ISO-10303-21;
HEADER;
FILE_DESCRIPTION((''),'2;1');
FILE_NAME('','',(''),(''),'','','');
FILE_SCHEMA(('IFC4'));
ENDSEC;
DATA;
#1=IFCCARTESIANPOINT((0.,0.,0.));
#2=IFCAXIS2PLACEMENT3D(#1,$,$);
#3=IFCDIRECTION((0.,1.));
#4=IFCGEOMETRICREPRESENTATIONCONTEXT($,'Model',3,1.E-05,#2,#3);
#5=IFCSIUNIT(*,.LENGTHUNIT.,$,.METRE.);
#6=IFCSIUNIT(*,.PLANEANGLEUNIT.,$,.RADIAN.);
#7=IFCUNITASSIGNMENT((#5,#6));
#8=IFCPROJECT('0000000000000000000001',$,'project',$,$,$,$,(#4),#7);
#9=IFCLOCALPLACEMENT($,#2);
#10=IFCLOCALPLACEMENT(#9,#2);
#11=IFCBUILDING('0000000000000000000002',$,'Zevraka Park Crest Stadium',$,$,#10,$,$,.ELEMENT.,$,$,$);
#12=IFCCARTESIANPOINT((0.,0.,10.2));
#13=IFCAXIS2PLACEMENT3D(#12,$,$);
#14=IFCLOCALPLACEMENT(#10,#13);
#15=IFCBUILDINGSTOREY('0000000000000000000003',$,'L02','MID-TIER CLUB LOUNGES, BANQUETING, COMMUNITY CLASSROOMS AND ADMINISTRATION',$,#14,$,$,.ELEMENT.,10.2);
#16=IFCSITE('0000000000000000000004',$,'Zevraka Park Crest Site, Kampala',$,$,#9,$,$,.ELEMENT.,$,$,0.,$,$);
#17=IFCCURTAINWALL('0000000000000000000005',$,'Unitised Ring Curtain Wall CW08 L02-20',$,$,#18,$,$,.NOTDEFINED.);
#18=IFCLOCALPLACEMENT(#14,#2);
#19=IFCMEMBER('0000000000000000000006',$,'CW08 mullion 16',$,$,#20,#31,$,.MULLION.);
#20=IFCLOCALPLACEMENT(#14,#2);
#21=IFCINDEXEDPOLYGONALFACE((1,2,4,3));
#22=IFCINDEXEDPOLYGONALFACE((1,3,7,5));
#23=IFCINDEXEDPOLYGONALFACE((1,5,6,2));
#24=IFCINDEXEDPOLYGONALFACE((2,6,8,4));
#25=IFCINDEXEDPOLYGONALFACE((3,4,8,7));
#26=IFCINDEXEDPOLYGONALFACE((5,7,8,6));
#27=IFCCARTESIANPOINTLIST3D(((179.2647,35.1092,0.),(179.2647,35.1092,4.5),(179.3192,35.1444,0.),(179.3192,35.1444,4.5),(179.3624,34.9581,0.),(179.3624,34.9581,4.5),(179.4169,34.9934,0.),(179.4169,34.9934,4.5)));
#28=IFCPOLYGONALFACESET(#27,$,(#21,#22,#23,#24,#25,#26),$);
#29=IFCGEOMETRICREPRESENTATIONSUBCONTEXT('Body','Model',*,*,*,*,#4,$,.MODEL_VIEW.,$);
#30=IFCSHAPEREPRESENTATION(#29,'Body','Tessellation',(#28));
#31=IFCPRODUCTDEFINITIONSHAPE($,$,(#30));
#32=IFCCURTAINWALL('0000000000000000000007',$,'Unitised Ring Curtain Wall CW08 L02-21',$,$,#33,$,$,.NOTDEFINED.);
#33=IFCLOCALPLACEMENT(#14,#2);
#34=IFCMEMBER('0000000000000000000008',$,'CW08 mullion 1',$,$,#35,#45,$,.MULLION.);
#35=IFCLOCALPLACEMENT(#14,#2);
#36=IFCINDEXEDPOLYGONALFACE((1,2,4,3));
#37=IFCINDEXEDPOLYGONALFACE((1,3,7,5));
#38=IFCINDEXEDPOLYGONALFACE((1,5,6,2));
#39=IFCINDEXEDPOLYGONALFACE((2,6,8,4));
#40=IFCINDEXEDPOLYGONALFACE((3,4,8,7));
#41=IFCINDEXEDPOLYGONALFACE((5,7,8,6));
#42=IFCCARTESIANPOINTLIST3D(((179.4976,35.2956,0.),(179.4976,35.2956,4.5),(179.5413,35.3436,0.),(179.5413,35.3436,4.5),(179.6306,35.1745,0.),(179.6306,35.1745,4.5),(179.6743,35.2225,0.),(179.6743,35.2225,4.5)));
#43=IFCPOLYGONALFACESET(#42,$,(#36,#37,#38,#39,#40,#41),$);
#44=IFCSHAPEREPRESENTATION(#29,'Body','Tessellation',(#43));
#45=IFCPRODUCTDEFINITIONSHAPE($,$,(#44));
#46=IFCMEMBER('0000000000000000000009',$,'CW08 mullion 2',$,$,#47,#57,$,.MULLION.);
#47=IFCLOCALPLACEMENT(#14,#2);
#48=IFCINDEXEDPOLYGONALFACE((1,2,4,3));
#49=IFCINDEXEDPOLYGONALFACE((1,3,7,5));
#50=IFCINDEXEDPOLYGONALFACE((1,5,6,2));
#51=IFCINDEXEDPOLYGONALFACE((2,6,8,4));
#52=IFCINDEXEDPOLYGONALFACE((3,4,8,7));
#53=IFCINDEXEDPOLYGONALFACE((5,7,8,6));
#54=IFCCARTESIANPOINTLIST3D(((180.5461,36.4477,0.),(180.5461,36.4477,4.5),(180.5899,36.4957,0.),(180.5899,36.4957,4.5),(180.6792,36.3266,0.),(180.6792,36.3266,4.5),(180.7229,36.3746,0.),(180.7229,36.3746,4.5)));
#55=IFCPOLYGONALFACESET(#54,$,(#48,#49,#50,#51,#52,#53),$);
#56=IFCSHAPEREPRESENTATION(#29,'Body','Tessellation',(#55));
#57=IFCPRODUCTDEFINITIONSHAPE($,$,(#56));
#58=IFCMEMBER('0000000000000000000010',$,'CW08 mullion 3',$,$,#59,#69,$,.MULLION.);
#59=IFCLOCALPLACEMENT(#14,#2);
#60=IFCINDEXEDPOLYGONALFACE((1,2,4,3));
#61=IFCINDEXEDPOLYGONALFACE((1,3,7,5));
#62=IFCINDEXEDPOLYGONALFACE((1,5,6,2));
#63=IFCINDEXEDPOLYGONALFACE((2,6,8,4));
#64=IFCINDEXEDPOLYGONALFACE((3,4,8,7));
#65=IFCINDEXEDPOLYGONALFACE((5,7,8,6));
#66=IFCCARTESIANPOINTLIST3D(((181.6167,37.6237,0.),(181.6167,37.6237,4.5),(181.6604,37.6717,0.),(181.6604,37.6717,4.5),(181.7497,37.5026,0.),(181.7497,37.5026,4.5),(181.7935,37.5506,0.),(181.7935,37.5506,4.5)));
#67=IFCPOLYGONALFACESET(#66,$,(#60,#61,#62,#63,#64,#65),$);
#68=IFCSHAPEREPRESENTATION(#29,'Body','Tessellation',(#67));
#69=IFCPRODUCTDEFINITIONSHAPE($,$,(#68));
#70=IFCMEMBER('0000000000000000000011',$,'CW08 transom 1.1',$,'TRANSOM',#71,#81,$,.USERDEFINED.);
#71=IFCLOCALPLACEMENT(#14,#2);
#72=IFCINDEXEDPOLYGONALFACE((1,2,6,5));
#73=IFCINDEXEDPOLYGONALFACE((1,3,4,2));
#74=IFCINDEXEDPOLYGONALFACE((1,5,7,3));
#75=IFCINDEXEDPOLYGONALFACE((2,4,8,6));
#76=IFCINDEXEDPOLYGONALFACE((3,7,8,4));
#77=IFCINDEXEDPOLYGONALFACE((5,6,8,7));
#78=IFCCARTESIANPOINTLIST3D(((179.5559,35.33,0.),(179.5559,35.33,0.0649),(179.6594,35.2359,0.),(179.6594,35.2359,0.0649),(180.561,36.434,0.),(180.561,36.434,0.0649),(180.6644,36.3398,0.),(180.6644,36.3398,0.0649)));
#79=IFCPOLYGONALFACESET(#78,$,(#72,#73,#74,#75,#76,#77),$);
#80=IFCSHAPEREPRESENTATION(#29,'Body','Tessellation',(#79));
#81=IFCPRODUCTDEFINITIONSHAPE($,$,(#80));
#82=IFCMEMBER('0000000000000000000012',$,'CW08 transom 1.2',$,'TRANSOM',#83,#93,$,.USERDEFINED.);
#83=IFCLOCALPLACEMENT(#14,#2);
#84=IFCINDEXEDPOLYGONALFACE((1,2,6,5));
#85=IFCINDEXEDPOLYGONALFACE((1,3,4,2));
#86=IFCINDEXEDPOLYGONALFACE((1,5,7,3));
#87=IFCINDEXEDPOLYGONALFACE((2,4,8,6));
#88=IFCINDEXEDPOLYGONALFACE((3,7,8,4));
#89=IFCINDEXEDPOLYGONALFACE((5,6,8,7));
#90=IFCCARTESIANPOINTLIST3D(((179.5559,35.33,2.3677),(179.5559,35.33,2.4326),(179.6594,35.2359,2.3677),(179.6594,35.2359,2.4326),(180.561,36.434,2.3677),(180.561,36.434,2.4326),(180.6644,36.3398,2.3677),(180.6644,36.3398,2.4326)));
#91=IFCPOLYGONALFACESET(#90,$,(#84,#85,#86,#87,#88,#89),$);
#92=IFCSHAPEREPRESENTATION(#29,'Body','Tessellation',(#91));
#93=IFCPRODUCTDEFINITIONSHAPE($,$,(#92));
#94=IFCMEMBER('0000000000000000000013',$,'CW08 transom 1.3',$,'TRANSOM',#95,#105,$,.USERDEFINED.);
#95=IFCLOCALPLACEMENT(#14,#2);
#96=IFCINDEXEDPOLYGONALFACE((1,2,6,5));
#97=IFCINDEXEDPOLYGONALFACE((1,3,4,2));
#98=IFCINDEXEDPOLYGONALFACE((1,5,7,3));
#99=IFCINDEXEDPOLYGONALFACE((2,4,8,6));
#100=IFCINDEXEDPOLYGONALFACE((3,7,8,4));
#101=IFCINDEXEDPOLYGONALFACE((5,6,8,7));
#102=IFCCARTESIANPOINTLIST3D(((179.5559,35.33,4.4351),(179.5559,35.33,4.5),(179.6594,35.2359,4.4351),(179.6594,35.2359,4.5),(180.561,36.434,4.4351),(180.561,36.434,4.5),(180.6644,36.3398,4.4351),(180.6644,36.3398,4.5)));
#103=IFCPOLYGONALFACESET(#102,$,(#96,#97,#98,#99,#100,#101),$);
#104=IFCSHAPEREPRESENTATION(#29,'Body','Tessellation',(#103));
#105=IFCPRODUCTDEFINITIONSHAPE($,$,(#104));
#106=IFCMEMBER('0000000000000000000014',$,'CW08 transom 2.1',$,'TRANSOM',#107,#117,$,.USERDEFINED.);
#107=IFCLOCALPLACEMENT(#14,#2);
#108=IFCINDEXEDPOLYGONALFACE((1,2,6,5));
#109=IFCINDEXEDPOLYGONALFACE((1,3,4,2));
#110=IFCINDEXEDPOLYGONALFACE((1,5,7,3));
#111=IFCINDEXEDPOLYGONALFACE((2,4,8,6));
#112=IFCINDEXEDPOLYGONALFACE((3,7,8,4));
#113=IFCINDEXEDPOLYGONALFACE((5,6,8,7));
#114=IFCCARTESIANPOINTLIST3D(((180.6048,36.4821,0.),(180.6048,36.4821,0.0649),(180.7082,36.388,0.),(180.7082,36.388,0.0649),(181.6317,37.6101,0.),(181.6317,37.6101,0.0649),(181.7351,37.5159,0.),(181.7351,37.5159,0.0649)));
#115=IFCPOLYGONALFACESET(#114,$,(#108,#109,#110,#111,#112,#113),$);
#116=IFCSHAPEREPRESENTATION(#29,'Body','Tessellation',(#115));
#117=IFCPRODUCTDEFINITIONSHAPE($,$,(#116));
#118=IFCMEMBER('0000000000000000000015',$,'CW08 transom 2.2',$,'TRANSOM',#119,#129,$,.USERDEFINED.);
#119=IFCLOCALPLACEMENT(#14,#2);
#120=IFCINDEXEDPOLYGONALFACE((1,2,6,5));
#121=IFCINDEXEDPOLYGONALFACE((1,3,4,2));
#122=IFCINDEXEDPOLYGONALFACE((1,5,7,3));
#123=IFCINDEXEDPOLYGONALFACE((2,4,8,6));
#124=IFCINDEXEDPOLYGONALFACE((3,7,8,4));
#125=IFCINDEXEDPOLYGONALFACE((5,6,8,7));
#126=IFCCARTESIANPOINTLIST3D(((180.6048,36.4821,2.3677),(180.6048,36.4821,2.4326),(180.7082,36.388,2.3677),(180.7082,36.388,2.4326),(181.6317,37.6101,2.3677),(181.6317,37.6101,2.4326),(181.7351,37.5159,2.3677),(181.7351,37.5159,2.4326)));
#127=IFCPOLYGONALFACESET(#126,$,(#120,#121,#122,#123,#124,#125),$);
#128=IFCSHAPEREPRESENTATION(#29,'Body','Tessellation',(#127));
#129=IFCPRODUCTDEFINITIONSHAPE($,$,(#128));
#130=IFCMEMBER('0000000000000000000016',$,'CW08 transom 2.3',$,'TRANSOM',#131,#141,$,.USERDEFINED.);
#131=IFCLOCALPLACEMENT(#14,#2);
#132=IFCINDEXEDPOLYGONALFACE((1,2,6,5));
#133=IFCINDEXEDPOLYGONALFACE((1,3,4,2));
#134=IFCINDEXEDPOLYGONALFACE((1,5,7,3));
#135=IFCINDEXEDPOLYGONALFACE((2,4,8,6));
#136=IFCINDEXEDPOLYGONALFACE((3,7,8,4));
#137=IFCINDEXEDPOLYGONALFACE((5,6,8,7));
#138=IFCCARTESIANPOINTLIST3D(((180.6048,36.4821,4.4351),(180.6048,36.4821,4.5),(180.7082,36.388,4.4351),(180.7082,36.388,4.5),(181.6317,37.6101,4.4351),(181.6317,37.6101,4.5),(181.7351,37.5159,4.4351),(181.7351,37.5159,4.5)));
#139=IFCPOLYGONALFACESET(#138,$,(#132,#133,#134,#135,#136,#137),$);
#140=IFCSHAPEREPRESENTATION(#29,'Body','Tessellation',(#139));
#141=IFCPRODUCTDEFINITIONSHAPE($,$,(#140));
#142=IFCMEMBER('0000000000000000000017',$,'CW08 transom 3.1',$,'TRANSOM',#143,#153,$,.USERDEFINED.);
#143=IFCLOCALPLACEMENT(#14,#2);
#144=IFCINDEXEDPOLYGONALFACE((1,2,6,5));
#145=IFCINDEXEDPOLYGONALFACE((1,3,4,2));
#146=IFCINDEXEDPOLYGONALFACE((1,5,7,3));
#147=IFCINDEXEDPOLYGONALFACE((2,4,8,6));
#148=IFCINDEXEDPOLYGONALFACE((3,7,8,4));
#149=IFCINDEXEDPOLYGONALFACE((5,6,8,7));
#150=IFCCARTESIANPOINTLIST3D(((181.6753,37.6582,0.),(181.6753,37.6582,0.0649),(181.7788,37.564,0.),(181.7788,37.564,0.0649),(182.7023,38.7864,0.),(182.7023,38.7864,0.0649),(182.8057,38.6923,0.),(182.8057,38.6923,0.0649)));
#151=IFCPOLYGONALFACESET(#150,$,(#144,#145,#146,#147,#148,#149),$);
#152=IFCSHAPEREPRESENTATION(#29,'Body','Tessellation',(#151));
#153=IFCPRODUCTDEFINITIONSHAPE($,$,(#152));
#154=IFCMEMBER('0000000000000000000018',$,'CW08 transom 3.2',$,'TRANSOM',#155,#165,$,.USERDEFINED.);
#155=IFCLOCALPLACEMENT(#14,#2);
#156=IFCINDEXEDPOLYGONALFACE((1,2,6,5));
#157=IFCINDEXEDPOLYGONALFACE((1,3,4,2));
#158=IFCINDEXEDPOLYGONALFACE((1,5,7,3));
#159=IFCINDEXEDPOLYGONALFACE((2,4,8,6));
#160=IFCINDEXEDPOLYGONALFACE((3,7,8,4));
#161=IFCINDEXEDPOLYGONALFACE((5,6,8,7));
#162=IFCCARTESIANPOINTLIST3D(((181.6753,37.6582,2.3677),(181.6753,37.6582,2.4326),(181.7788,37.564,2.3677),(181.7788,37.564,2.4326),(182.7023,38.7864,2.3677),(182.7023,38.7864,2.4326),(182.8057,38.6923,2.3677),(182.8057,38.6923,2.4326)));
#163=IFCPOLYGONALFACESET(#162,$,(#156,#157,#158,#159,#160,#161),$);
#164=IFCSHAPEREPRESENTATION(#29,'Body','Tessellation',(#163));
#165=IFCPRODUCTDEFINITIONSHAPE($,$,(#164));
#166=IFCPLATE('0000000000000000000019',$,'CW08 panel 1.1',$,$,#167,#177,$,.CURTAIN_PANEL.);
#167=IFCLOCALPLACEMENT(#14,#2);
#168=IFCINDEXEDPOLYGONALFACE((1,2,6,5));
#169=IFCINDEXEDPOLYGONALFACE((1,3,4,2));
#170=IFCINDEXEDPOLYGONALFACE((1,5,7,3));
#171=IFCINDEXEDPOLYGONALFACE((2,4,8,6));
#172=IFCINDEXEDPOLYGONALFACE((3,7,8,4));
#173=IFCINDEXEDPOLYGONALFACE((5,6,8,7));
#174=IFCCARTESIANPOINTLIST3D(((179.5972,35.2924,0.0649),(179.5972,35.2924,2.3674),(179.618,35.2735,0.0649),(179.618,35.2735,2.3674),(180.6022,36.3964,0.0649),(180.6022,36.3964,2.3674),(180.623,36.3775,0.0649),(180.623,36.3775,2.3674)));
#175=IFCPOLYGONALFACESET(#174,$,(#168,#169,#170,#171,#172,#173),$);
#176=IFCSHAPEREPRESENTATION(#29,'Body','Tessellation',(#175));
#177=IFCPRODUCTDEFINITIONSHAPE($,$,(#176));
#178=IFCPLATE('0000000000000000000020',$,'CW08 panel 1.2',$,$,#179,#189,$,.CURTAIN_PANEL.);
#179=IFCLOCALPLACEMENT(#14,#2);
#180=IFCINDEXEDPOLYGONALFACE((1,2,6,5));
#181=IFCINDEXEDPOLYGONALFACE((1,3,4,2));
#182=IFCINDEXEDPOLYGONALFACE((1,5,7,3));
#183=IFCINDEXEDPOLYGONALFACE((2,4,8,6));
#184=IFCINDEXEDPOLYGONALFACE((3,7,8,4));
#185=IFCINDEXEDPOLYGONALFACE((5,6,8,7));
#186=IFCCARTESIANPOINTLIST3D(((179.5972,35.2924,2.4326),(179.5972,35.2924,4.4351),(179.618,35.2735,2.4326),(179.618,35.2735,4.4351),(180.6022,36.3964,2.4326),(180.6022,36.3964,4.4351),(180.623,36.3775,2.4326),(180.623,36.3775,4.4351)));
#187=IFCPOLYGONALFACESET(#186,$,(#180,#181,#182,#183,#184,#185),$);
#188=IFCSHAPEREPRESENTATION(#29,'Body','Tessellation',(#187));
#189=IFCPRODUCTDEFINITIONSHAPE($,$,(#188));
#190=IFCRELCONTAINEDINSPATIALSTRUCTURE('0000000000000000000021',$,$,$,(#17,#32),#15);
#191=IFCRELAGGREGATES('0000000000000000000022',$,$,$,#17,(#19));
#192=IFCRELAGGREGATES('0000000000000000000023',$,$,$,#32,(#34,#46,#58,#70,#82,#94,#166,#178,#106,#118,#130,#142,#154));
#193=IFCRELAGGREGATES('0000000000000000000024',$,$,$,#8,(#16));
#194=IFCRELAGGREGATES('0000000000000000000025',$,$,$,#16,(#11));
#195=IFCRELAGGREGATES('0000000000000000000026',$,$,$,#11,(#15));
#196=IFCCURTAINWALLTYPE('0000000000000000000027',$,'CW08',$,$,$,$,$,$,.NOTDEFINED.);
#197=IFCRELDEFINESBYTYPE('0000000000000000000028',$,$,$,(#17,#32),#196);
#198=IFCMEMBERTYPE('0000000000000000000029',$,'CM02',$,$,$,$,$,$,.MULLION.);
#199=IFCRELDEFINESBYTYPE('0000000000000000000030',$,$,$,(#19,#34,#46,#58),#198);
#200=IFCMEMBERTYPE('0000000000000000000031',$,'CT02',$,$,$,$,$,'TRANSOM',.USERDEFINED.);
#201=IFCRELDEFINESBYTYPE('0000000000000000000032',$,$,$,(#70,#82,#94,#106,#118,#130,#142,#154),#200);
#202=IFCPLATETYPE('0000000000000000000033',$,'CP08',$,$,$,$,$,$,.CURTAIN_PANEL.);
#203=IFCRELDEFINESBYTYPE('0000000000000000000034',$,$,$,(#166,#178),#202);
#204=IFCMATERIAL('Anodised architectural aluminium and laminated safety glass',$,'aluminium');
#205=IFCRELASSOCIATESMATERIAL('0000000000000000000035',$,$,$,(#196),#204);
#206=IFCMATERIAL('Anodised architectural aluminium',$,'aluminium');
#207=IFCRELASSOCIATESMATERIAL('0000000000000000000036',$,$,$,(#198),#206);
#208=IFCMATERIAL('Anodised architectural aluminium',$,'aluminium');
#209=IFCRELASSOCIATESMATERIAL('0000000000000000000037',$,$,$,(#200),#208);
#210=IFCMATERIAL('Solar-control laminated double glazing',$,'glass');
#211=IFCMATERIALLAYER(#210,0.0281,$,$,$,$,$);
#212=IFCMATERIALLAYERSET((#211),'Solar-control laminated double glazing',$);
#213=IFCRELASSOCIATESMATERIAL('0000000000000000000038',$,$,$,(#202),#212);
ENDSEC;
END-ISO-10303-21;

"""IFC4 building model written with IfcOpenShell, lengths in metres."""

from ifc_helpers import new_model, si_unit, direction, frame, origin, origin_2d, place, context, subcontext, project, spatial, rectangle, extrude, material, layer, layer_set, material_profile, profile_set, type_object, element, aggregate, save


model = new_model("IFC4")

# Units and contexts
model_context = context("Model", 3, precision=1e-05, world=origin(), true_north=direction((0.0, 1.0)))
body_context = subcontext(model_context, "Body", "Model", "MODEL_VIEW")
ifc_project = project(units=[si_unit("LENGTHUNIT", "METRE"), si_unit("PLANEANGLEUNIT", "RADIAN")], contexts=[model_context])

# Site, building, storey
site_placement = place(None, origin())
site = spatial("IfcSite", under=ifc_project, at=site_placement, Name="Zevraka Park Crest Site, Kampala", CompositionType="ELEMENT", RefElevation=0.0)
building_placement = place(site_placement, origin())
building = spatial("IfcBuilding", under=site, at=building_placement, Name="Zevraka Park Crest Stadium", CompositionType="ELEMENT")
storey_placement = place(building_placement, frame((0.0, 0.0, 10.2)))
storey = spatial("IfcBuildingStorey", under=building, at=storey_placement, Name="L02", Description="MID-TIER CLUB LOUNGES, BANQUETING, COMMUNITY CLASSROOMS AND ADMINISTRATION", CompositionType="ELEMENT", Elevation=10.2)

# Curtain wall, member
ifc_material_1 = material(Name="Anodised architectural aluminium and laminated safety glass", Category="aluminium")
curtain_wall_type = type_object("IfcCurtainWallType", Name="CW08", PredefinedType="NOTDEFINED", material=ifc_material_1)
curtain_wall_1_placement = place(storey_placement, origin())
curtain_wall_1 = element("IfcCurtainWall", 1, at=curtain_wall_1_placement, inside=storey, type_object=curtain_wall_type, Name="Unitised Ring Curtain Wall CW08 L02-20", PredefinedType="NOTDEFINED")
ifc_material_2 = material(Name="Anodised architectural aluminium", Category="aluminium")
ifc_material_profile_1 = material_profile(ifc_material_2, rectangle(XDim=0.1799, YDim=0.0649, at=origin_2d()), Name="ALU MULLION 180x65")
ifc_profile_set_1 = profile_set([ifc_material_profile_1], Name="Anodised architectural aluminium")
member_type_1 = type_object("IfcMemberType", Name="CM02", PredefinedType="MULLION", material=ifc_profile_set_1)
member_1_placement = place(storey_placement, frame((179.3408, 35.0513, 0.0), z_axis=(0.0, 0.0, 1.0), x_axis=(-0.543096, 0.83967, 0.0)))
member_1 = element("IfcMember", 2, at=member_1_placement, type_object=member_type_1, Name="CW08 mullion 16", PredefinedType="MULLION", context=body_context, shape_type="SweptSolid", body=[
    extrude(rectangle(XDim=0.1799, YDim=0.0649, at=origin_2d()), origin(), (0.0, 0.0, 1.0), 4.5),
])
aggregate(curtain_wall_1, [member_1])

# Curtain wall, members, plates
curtain_wall_2_placement = place(storey_placement, origin())
curtain_wall_2 = element("IfcCurtainWall", 3, at=curtain_wall_2_placement, inside=storey, type_object=curtain_wall_type, Name="Unitised Ring Curtain Wall CW08 L02-21", PredefinedType="NOTDEFINED")
member_2_placement = place(storey_placement, frame((179.5859, 35.259, 0.0), z_axis=(0.0, 0.0, 1.0), x_axis=(-0.739497, 0.67316, 0.0)))
member_2 = element("IfcMember", 4, at=member_2_placement, type_object=member_type_1, Name="CW08 mullion 1", PredefinedType="MULLION", context=body_context, shape_type="SweptSolid", body=[
    extrude(rectangle(XDim=0.1799, YDim=0.0649, at=origin_2d()), origin(), (0.0, 0.0, 1.0), 4.5),
])
member_3_placement = place(storey_placement, frame((180.6345, 36.4111, 0.0), z_axis=(0.0, 0.0, 1.0), x_axis=(-0.739497, 0.67316, 0.0)))
member_3 = element("IfcMember", 5, at=member_3_placement, type_object=member_type_1, Name="CW08 mullion 2", PredefinedType="MULLION", context=body_context, shape_type="SweptSolid", body=[
    extrude(rectangle(XDim=0.1799, YDim=0.0649, at=origin_2d()), origin(), (0.0, 0.0, 1.0), 4.5),
])
member_4_placement = place(storey_placement, frame((181.7051, 37.5872, 0.0), z_axis=(0.0, 0.0, 1.0), x_axis=(-0.739497, 0.67316, 0.0)))
member_4 = element("IfcMember", 6, at=member_4_placement, type_object=member_type_1, Name="CW08 mullion 3", PredefinedType="MULLION", context=body_context, shape_type="SweptSolid", body=[
    extrude(rectangle(XDim=0.1799, YDim=0.0649, at=origin_2d()), origin(), (0.0, 0.0, 1.0), 4.5),
])
ifc_material_3 = material(Name="Anodised architectural aluminium", Category="aluminium")
ifc_material_profile_2 = material_profile(ifc_material_3, rectangle(XDim=0.1399, YDim=0.0649, at=origin_2d()), Name="ALU TRANSOM 140x65")
ifc_profile_set_2 = profile_set([ifc_material_profile_2], Name="Anodised architectural aluminium")
member_type_2 = type_object("IfcMemberType", Name="CT02", ElementType="TRANSOM", PredefinedType="USERDEFINED", material=ifc_profile_set_2)
member_5_placement = place(storey_placement, frame((179.6077, 35.283, 0.0325), z_axis=(0.673218, 0.739444, 0.0), x_axis=(-0.739444, 0.673218, 0.0)))
member_5 = element("IfcMember", 7, at=member_5_placement, type_object=member_type_2, Name="CW08 transom 1.1", ObjectType="TRANSOM", PredefinedType="USERDEFINED", context=body_context, shape_type="SweptSolid", body=[
    extrude(rectangle(XDim=0.1399, YDim=0.0649, at=origin_2d()), origin(), (0.0, 0.0, 1.0), 1.4929),
])
member_6_placement = place(storey_placement, frame((179.6077, 35.283, 2.4001), z_axis=(0.673218, 0.739444, 0.0), x_axis=(-0.739444, 0.673218, 0.0)))
member_6 = element("IfcMember", 8, at=member_6_placement, type_object=member_type_2, Name="CW08 transom 1.2", ObjectType="TRANSOM", PredefinedType="USERDEFINED", context=body_context, shape_type="SweptSolid", body=[
    extrude(rectangle(XDim=0.1399, YDim=0.0649, at=origin_2d()), origin(), (0.0, 0.0, 1.0), 1.4929),
])
member_7_placement = place(storey_placement, frame((179.6077, 35.283, 4.4675), z_axis=(0.673218, 0.739444, 0.0), x_axis=(-0.739444, 0.673218, 0.0)))
member_7 = element("IfcMember", 9, at=member_7_placement, type_object=member_type_2, Name="CW08 transom 1.3", ObjectType="TRANSOM", PredefinedType="USERDEFINED", context=body_context, shape_type="SweptSolid", body=[
    extrude(rectangle(XDim=0.1399, YDim=0.0649, at=origin_2d()), origin(), (0.0, 0.0, 1.0), 1.4929),
])
member_8_placement = place(storey_placement, frame((180.6565, 36.4351, 0.0325), z_axis=(0.673198, 0.739462, 0.0), x_axis=(-0.739462, 0.673198, 0.0)))
member_8 = element("IfcMember", 10, at=member_8_placement, type_object=member_type_2, Name="CW08 transom 2.1", ObjectType="TRANSOM", PredefinedType="USERDEFINED", context=body_context, shape_type="SweptSolid", body=[
    extrude(rectangle(XDim=0.1399, YDim=0.0649, at=origin_2d()), origin(), (0.0, 0.0, 1.0), 1.5254),
])
member_9_placement = place(storey_placement, frame((180.6565, 36.4351, 2.4001), z_axis=(0.673198, 0.739462, 0.0), x_axis=(-0.739462, 0.673198, 0.0)))
member_9 = element("IfcMember", 11, at=member_9_placement, type_object=member_type_2, Name="CW08 transom 2.2", ObjectType="TRANSOM", PredefinedType="USERDEFINED", context=body_context, shape_type="SweptSolid", body=[
    extrude(rectangle(XDim=0.1399, YDim=0.0649, at=origin_2d()), origin(), (0.0, 0.0, 1.0), 1.5254),
])
member_10_placement = place(storey_placement, frame((180.6565, 36.4351, 4.4675), z_axis=(0.673198, 0.739462, 0.0), x_axis=(-0.739462, 0.673198, 0.0)))
member_10 = element("IfcMember", 12, at=member_10_placement, type_object=member_type_2, Name="CW08 transom 2.3", ObjectType="TRANSOM", PredefinedType="USERDEFINED", context=body_context, shape_type="SweptSolid", body=[
    extrude(rectangle(XDim=0.1399, YDim=0.0649, at=origin_2d()), origin(), (0.0, 0.0, 1.0), 1.5254),
])
member_11_placement = place(storey_placement, frame((181.7271, 37.6111, 0.0325), z_axis=(0.673119, 0.739534, 0.0), x_axis=(-0.739534, 0.673119, 0.0)))
member_11 = element("IfcMember", 13, at=member_11_placement, type_object=member_type_2, Name="CW08 transom 3.1", ObjectType="TRANSOM", PredefinedType="USERDEFINED", context=body_context, shape_type="SweptSolid", body=[
    extrude(rectangle(XDim=0.1399, YDim=0.0649, at=origin_2d()), origin(), (0.0, 0.0, 1.0), 1.5256),
])
member_12_placement = place(storey_placement, frame((181.7271, 37.6111, 2.4001), z_axis=(0.673119, 0.739534, 0.0), x_axis=(-0.739534, 0.673119, 0.0)))
member_12 = element("IfcMember", 14, at=member_12_placement, type_object=member_type_2, Name="CW08 transom 3.2", ObjectType="TRANSOM", PredefinedType="USERDEFINED", context=body_context, shape_type="SweptSolid", body=[
    extrude(rectangle(XDim=0.1399, YDim=0.0649, at=origin_2d()), origin(), (0.0, 0.0, 1.0), 1.5256),
])
ifc_material_4 = material(Name="Solar-control laminated double glazing", Category="glass")
ifc_layer_1 = layer(ifc_material_4, 0.0281)
ifc_layer_set_1 = layer_set([ifc_layer_1], Name="Solar-control laminated double glazing")
plate_type = type_object("IfcPlateType", Name="CP08", PredefinedType="CURTAIN_PANEL", material=ifc_layer_set_1)
plate_1_placement = place(storey_placement, frame((180.1101, 35.835, 0.0649), z_axis=(0.0, 0.0, 1.0), x_axis=(0.67316, 0.739497, 0.0)))
plate_1 = element("IfcPlate", 15, at=plate_1_placement, type_object=plate_type, Name="CW08 panel 1.1", PredefinedType="CURTAIN_PANEL", context=body_context, shape_type="SweptSolid", body=[
    extrude(rectangle(XDim=1.4929, YDim=0.0281, at=origin_2d()), origin(), (0.0, 0.0, 1.0), 2.3025),
])
plate_2_placement = place(storey_placement, frame((180.1101, 35.835, 2.4326), z_axis=(0.0, 0.0, 1.0), x_axis=(0.67316, 0.739497, 0.0)))
plate_2 = element("IfcPlate", 16, at=plate_2_placement, type_object=plate_type, Name="CW08 panel 1.2", PredefinedType="CURTAIN_PANEL", context=body_context, shape_type="SweptSolid", body=[
    extrude(rectangle(XDim=1.4929, YDim=0.0281, at=origin_2d()), origin(), (0.0, 0.0, 1.0), 2.0024),
])
aggregate(curtain_wall_2, [member_2, member_3, member_4, member_5, member_6, member_7, plate_1, plate_2, member_8, member_9, member_10, member_11, member_12])

save(model, "model.ifc")
